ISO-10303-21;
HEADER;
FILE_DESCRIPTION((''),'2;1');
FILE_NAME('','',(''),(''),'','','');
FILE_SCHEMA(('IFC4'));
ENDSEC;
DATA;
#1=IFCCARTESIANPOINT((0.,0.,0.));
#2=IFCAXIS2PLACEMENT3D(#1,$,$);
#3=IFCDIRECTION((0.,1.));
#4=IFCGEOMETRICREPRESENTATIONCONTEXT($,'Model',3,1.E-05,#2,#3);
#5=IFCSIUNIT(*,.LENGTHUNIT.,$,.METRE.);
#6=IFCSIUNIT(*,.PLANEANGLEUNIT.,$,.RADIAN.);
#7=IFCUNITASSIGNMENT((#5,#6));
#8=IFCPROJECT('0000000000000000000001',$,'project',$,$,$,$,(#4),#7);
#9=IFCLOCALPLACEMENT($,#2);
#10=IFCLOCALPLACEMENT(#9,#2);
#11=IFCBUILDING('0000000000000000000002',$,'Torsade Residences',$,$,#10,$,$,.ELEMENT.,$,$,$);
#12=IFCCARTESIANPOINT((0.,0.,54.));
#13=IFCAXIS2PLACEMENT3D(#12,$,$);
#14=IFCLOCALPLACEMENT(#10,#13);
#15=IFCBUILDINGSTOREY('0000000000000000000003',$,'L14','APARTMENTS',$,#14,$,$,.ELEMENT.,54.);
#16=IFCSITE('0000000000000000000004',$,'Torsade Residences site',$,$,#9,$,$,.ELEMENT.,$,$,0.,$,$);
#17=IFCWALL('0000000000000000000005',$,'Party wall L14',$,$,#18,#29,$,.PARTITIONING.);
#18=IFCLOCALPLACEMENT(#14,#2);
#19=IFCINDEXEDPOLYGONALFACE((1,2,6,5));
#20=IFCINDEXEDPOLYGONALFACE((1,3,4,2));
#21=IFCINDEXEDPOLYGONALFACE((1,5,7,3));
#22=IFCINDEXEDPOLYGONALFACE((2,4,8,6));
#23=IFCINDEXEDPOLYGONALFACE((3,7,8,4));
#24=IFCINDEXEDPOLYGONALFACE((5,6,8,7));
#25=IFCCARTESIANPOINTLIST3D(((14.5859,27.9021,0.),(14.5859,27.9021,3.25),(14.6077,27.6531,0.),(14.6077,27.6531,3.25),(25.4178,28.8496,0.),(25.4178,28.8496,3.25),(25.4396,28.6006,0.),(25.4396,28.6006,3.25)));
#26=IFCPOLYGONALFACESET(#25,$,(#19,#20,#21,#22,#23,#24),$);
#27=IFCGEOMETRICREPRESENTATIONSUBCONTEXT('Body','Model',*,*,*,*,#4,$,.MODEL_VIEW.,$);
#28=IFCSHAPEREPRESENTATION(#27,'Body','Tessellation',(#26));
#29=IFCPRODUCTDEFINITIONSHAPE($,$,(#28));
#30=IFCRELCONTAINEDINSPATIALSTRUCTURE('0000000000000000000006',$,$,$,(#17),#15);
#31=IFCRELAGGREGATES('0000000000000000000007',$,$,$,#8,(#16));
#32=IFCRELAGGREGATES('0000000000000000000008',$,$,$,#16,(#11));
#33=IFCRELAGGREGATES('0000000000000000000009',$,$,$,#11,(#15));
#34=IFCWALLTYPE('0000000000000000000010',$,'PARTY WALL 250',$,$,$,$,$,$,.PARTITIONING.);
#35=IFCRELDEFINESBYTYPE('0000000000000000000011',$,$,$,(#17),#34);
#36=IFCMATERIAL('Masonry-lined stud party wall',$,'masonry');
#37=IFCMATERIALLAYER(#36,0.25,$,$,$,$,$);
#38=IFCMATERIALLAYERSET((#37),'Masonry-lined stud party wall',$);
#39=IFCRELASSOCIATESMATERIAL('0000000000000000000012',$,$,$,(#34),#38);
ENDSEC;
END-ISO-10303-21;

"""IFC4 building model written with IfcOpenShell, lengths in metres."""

from ifc_helpers import new_model, si_unit, direction, frame, frame_2d, origin, place, context, subcontext, project, spatial, rectangle, extrude, material, layer, layer_set, type_object, element, save


model = new_model("IFC4")

# Units and contexts
model_context = context("Model", 3, precision=1e-05, world=origin(), true_north=direction((0.0, 1.0)))
body_context = subcontext(model_context, "Body", "Model", "MODEL_VIEW")
ifc_project = project(units=[si_unit("LENGTHUNIT", "METRE"), si_unit("PLANEANGLEUNIT", "RADIAN")], contexts=[model_context])

# Site, building, storey
site_placement = place(None, origin())
site = spatial("IfcSite", under=ifc_project, at=site_placement, Name="Torsade Residences site", CompositionType="ELEMENT", RefElevation=0.0)
building_placement = place(site_placement, origin())
building = spatial("IfcBuilding", under=site, at=building_placement, Name="Torsade Residences", CompositionType="ELEMENT")
storey_placement = place(building_placement, frame((0.0, 0.0, 54.0)))
storey = spatial("IfcBuildingStorey", under=building, at=storey_placement, Name="L14", Description="APARTMENTS", CompositionType="ELEMENT", Elevation=54.0)

# Wall
ifc_material_1 = material(Name="Masonry-lined stud party wall", Category="masonry")
ifc_layer_1 = layer(ifc_material_1, 0.25)
ifc_layer_set_1 = layer_set([ifc_layer_1], Name="Masonry-lined stud party wall")
wall_type_1 = type_object("IfcWallType", Name="PARTY WALL 250", PredefinedType="PARTITIONING", material=ifc_layer_set_1)
wall_1_placement = place(storey_placement, frame((14.5969, 27.7776, 0.0), z_axis=(0.0, 0.0, 1.0), x_axis=(0.996196, 0.08714, 0.0)))
element("IfcWall", 1, at=wall_1_placement, inside=storey, type_object=wall_type_1, Name="Party wall L14", PredefinedType="PARTITIONING", context=body_context, shape_type="SweptSolid", body=[
    extrude(rectangle(XDim=10.8733, YDim=0.25, at=frame_2d((5.4365, 0.0))), origin(), (0.0, 0.0, 1.0), 3.25),
])

save(model, "model.ifc")
